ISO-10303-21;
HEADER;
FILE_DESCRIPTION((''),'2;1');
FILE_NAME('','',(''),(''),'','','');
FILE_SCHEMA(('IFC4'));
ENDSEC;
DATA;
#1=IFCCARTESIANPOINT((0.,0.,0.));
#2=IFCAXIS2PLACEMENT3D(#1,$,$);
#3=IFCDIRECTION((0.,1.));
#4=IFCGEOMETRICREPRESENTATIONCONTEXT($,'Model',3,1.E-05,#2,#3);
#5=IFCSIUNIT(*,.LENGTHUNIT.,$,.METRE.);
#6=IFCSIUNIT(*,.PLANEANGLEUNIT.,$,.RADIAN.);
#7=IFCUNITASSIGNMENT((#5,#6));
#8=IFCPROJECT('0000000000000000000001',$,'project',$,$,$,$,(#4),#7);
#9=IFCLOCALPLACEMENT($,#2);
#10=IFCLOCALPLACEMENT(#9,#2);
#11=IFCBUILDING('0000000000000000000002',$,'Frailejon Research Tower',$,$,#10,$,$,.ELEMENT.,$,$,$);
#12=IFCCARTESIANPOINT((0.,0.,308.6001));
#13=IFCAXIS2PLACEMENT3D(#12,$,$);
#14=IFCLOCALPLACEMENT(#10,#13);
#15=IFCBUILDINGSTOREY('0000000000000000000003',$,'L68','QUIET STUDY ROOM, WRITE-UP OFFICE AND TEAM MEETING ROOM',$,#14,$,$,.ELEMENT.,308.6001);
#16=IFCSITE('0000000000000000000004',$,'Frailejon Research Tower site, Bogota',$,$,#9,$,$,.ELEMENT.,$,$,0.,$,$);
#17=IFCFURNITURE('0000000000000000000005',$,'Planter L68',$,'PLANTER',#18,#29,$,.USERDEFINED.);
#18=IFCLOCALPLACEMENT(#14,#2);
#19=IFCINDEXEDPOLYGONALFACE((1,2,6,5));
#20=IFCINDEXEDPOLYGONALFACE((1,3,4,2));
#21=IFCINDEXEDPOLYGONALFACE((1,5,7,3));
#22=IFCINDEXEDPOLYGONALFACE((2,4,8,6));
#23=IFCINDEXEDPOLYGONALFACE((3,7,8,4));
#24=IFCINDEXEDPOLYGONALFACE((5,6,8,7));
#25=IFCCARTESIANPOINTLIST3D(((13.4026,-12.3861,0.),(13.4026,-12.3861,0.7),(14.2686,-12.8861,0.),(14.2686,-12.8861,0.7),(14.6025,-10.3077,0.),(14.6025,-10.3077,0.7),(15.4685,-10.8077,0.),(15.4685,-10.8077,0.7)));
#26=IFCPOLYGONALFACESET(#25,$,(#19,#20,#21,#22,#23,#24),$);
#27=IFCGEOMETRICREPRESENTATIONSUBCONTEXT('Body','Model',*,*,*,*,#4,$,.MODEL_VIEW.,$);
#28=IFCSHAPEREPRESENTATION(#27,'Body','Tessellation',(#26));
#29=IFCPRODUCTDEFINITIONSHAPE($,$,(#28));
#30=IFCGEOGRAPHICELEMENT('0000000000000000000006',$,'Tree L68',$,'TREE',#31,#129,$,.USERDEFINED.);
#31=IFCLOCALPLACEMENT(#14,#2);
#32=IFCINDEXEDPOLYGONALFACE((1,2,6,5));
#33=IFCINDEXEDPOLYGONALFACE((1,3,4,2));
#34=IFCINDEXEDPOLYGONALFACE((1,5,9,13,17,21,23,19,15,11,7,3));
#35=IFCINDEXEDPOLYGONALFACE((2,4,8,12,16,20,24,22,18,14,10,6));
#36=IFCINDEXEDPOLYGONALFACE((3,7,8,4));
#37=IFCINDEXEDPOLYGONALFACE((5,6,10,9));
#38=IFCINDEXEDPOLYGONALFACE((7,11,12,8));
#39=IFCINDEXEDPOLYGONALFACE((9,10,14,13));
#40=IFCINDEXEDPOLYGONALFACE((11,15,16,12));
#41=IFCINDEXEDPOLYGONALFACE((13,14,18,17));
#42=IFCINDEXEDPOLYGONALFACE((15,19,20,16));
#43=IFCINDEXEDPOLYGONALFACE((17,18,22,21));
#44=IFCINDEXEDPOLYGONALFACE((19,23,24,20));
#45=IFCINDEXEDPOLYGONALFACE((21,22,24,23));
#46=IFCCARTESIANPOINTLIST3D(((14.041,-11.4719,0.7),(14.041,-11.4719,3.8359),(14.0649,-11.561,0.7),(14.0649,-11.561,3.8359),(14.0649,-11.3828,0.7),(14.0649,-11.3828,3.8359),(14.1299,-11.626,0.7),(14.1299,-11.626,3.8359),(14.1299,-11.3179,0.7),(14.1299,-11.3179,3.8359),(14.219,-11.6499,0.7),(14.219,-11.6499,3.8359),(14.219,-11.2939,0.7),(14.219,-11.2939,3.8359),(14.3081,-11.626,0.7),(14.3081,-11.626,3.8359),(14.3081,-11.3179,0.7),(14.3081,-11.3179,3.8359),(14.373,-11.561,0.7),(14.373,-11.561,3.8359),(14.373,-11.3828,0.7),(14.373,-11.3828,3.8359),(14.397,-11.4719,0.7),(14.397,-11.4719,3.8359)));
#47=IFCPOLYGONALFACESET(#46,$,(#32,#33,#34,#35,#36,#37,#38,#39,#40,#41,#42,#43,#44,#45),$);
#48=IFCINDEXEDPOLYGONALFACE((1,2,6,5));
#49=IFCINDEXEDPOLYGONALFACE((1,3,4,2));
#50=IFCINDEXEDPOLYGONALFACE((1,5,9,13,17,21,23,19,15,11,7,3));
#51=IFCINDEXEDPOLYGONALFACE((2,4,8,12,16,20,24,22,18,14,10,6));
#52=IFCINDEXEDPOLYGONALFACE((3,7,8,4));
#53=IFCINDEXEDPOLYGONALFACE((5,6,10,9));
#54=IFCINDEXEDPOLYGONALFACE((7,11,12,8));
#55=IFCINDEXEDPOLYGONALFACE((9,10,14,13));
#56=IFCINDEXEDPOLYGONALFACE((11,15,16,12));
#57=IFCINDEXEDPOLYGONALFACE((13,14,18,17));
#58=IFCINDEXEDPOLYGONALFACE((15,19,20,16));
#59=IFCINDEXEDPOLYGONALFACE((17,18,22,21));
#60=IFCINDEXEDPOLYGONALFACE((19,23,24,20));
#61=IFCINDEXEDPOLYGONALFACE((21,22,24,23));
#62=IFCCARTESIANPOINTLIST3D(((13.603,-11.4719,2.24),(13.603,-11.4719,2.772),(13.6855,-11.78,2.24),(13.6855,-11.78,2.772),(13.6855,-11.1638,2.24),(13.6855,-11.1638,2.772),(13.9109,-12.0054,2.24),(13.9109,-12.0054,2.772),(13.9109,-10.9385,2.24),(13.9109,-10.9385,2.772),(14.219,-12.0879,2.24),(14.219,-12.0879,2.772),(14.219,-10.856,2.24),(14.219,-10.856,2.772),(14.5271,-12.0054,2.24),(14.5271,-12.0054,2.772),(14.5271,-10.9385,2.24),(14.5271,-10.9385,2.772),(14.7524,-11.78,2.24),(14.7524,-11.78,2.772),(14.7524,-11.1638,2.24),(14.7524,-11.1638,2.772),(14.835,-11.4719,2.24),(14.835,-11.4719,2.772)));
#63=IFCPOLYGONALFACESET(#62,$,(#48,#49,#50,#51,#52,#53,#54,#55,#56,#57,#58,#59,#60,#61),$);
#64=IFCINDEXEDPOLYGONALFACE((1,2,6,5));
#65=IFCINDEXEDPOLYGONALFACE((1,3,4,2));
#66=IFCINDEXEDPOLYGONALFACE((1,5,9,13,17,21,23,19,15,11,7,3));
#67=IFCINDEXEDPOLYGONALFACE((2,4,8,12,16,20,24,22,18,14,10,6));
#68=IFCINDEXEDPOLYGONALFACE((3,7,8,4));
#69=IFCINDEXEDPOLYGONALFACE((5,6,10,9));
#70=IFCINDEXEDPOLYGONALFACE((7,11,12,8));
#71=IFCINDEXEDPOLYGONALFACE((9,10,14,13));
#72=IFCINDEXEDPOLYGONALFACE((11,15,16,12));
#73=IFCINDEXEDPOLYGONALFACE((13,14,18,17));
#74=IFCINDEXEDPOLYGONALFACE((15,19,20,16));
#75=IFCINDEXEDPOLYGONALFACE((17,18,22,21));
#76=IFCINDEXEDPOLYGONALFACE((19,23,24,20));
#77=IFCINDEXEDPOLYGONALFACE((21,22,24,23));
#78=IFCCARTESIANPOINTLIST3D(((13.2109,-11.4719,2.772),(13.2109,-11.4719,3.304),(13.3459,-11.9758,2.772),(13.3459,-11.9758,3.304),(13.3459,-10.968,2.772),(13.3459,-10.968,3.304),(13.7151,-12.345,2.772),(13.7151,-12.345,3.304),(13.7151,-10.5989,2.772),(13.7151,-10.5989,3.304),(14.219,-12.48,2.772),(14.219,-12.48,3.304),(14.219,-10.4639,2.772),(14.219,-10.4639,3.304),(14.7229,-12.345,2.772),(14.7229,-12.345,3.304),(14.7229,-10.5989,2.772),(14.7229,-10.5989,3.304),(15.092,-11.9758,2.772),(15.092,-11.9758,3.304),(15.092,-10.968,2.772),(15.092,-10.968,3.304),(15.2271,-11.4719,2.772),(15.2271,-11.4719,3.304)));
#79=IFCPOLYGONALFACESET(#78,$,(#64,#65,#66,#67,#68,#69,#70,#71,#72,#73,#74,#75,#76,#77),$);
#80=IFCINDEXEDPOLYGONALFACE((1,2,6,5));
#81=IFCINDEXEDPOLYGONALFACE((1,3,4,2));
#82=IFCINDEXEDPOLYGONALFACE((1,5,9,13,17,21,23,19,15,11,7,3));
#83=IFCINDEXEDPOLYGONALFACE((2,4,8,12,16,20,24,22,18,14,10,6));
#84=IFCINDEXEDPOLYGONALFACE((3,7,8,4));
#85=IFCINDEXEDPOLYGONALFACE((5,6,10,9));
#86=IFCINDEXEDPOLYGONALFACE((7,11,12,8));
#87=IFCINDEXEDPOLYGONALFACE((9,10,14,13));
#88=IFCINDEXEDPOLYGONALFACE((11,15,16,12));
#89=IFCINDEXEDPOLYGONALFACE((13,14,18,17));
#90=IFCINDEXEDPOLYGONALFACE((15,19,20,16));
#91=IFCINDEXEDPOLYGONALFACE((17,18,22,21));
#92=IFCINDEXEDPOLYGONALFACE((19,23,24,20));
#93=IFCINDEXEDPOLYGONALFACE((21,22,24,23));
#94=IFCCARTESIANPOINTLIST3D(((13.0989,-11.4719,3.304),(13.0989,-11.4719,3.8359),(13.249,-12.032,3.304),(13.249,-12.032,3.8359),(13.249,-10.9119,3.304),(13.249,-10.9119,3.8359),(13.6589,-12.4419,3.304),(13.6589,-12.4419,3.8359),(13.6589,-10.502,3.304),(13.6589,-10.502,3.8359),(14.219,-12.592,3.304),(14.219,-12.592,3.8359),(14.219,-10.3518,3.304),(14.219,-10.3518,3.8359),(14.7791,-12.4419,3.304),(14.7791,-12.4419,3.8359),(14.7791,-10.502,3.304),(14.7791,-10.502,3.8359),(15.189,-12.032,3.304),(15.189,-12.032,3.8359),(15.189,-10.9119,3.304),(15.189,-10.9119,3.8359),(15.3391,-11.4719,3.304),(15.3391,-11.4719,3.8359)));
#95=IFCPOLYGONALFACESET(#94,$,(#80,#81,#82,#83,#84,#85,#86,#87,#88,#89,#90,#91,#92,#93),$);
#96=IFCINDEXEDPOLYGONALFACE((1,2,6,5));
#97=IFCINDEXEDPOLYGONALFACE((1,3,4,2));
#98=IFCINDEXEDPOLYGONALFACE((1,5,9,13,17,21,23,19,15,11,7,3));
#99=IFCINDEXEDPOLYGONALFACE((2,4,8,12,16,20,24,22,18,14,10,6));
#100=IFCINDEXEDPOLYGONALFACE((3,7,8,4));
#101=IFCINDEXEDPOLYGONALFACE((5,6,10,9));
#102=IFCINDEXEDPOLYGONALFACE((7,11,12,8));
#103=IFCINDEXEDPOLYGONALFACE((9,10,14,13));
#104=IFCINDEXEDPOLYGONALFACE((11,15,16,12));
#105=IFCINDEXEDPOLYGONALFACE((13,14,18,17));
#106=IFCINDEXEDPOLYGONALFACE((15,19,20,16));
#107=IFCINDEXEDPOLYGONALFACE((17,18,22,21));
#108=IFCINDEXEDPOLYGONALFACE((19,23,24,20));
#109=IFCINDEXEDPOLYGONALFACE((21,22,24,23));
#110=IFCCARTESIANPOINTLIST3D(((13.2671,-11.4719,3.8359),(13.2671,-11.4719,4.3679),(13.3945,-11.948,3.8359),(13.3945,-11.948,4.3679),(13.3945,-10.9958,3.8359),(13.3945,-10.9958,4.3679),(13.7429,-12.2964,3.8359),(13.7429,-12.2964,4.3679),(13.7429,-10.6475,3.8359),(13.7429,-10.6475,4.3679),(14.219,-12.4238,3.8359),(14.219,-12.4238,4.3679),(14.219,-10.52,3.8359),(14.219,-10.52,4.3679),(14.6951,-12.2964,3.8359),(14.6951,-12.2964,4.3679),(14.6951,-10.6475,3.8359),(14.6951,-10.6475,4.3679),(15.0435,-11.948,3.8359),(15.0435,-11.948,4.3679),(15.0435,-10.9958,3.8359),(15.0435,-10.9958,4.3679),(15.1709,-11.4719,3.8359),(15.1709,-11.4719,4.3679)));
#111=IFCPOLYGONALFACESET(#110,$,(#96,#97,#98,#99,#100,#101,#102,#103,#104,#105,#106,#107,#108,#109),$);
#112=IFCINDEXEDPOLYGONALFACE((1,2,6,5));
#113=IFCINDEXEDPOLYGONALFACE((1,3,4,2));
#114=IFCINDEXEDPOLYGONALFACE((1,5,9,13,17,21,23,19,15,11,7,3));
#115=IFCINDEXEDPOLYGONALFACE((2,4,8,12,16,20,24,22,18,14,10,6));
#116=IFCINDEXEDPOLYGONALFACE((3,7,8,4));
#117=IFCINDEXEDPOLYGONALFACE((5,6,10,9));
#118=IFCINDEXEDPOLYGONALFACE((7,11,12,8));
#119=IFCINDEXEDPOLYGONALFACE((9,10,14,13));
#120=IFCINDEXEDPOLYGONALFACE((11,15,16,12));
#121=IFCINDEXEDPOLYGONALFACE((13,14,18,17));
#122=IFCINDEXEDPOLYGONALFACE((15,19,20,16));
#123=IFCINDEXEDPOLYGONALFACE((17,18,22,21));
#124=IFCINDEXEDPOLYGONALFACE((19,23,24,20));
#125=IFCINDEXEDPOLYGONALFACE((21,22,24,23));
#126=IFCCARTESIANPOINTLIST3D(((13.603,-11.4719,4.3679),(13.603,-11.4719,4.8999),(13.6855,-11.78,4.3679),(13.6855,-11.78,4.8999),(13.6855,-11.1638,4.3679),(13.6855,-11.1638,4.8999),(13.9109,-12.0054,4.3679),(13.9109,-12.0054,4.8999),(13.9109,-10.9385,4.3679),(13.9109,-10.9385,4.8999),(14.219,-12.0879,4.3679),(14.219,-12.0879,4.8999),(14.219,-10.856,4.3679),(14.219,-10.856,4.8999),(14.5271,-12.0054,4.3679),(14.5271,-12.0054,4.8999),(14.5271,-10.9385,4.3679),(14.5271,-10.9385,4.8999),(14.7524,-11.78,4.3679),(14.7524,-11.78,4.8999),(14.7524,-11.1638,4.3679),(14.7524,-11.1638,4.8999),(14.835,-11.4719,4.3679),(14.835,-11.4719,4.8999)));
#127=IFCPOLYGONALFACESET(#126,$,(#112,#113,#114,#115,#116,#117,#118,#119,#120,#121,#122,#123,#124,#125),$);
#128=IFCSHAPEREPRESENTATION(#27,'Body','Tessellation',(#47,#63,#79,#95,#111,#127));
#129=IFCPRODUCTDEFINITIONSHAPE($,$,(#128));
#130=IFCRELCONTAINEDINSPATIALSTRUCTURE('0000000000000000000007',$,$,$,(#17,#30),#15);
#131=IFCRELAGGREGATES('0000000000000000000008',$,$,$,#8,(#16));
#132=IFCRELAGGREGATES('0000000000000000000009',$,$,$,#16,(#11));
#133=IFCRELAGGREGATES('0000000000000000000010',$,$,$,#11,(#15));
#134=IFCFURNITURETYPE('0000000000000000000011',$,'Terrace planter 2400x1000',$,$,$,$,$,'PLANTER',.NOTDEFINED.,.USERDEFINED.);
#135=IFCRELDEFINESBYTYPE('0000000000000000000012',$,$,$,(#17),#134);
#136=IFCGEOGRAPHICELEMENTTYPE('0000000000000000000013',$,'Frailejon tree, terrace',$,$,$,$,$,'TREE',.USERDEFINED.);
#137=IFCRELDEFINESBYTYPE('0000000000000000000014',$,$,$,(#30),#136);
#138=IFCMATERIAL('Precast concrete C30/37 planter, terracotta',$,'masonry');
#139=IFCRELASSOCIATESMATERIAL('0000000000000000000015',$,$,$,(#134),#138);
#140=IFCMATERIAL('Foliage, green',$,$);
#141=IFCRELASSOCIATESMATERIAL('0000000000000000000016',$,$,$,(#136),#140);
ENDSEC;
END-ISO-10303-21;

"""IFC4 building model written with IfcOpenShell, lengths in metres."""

from ifc_helpers import new_model, si_unit, direction, frame, origin, origin_2d, place, context, subcontext, project, spatial, polyline, rectangle, outline, extrude, material, type_object, element, save


model = new_model("IFC4")

# Units and contexts
model_context = context("Model", 3, precision=1e-05, world=origin(), true_north=direction((0.0, 1.0)))
body_context = subcontext(model_context, "Body", "Model", "MODEL_VIEW")
ifc_project = project(units=[si_unit("LENGTHUNIT", "METRE"), si_unit("PLANEANGLEUNIT", "RADIAN")], contexts=[model_context])

# Site, building, storey
site_placement = place(None, origin())
site = spatial("IfcSite", under=ifc_project, at=site_placement, Name="Frailejon Research Tower site, Bogota", CompositionType="ELEMENT", RefElevation=0.0)
building_placement = place(site_placement, origin())
building = spatial("IfcBuilding", under=site, at=building_placement, Name="Frailejon Research Tower", CompositionType="ELEMENT")
storey_placement = place(building_placement, frame((0.0, 0.0, 308.6001)))
storey = spatial("IfcBuildingStorey", under=building, at=storey_placement, Name="L68", Description="QUIET STUDY ROOM, WRITE-UP OFFICE AND TEAM MEETING ROOM", CompositionType="ELEMENT", Elevation=308.6001)

# Furniture
ifc_material_1 = material(Name="Precast concrete C30/37 planter, terracotta", Category="masonry")
furniture_type = type_object("IfcFurnitureType", Name="Terrace planter 2400x1000", ElementType="PLANTER", AssemblyPlace="NOTDEFINED", PredefinedType="USERDEFINED", material=ifc_material_1)
furniture_placement = place(storey_placement, frame((14.4355, -11.5969, 0.0), z_axis=(0.0, 0.0, 1.0), x_axis=(0.5, 0.866025, 0.0)))
element("IfcFurniture", 1, at=furniture_placement, inside=storey, type_object=furniture_type, Name="Planter L68", ObjectType="PLANTER", PredefinedType="USERDEFINED", context=body_context, shape_type="SweptSolid", body=[
    extrude(rectangle(XDim=2.3999, YDim=1.0, at=origin_2d()), origin(), (0.0, 0.0, 1.0), 0.7),
])

# Geographic element
ifc_material_2 = material(Name="Foliage, green")
geographic_element_type = type_object("IfcGeographicElementType", Name="Frailejon tree, terrace", ElementType="TREE", PredefinedType="USERDEFINED", material=ifc_material_2)
geographic_element_placement = place(storey_placement, frame((14.219, -11.4719, 0.7)))
element("IfcGeographicElement", 2, at=geographic_element_placement, inside=storey, type_object=geographic_element_type, Name="Tree L68", ObjectType="TREE", PredefinedType="USERDEFINED", context=body_context, shape_type="SweptSolid", body=[
    extrude(outline(polyline([(0.178, 0.0), (0.1541, 0.0891), (0.0891, 0.1541), (0.0, 0.178), (-0.0891, 0.1541), (-0.1541, 0.0891), (-0.178, 0.0), (-0.1541, -0.0891), (-0.0891, -0.1541), (0.0, -0.178), (0.0891, -0.1541), (0.1541, -0.0891), (0.178, 0.0)])), origin(), (0.0, 0.0, 1.0), 3.136),
    extrude(outline(polyline([(0.616, 0.0), (0.5334, 0.3081), (0.3081, 0.5334), (0.0, 0.616), (-0.3081, 0.5334), (-0.5334, 0.3081), (-0.616, 0.0), (-0.5334, -0.3081), (-0.3081, -0.5334), (0.0, -0.616), (0.3081, -0.5334), (0.5334, -0.3081), (0.616, 0.0)])), frame((0.0, 0.0, 1.54)), (0.0, 0.0, 1.0), 0.532),
    extrude(outline(polyline([(1.0081, 0.0), (0.873, 0.5039), (0.5039, 0.873), (0.0, 1.0081), (-0.5039, 0.873), (-0.873, 0.5039), (-1.0081, 0.0), (-0.873, -0.5039), (-0.5039, -0.873), (0.0, -1.0081), (0.5039, -0.873), (0.873, -0.5039), (1.0081, 0.0)])), frame((0.0, 0.0, 2.072)), (0.0, 0.0, 1.0), 0.532),
    extrude(outline(polyline([(1.1201, 0.0), (0.97, 0.5601), (0.5601, 0.97), (0.0, 1.1201), (-0.5601, 0.97), (-0.97, 0.5601), (-1.1201, 0.0), (-0.97, -0.5601), (-0.5601, -0.97), (0.0, -1.1201), (0.5601, -0.97), (0.97, -0.5601), (1.1201, 0.0)])), frame((0.0, 0.0, 2.604)), (0.0, 0.0, 1.0), 0.532),
    extrude(outline(polyline([(0.9519, 0.0), (0.8245, 0.4761), (0.4761, 0.8245), (0.0, 0.9519), (-0.4761, 0.8245), (-0.8245, 0.4761), (-0.9519, 0.0), (-0.8245, -0.4761), (-0.4761, -0.8245), (0.0, -0.9519), (0.4761, -0.8245), (0.8245, -0.4761), (0.9519, 0.0)])), frame((0.0, 0.0, 3.136)), (0.0, 0.0, 1.0), 0.532),
    extrude(outline(polyline([(0.616, 0.0), (0.5334, 0.3081), (0.3081, 0.5334), (0.0, 0.616), (-0.3081, 0.5334), (-0.5334, 0.3081), (-0.616, 0.0), (-0.5334, -0.3081), (-0.3081, -0.5334), (0.0, -0.616), (0.3081, -0.5334), (0.5334, -0.3081), (0.616, 0.0)])), frame((0.0, 0.0, 3.668)), (0.0, 0.0, 1.0), 0.532),
])

save(model, "model.ifc")
